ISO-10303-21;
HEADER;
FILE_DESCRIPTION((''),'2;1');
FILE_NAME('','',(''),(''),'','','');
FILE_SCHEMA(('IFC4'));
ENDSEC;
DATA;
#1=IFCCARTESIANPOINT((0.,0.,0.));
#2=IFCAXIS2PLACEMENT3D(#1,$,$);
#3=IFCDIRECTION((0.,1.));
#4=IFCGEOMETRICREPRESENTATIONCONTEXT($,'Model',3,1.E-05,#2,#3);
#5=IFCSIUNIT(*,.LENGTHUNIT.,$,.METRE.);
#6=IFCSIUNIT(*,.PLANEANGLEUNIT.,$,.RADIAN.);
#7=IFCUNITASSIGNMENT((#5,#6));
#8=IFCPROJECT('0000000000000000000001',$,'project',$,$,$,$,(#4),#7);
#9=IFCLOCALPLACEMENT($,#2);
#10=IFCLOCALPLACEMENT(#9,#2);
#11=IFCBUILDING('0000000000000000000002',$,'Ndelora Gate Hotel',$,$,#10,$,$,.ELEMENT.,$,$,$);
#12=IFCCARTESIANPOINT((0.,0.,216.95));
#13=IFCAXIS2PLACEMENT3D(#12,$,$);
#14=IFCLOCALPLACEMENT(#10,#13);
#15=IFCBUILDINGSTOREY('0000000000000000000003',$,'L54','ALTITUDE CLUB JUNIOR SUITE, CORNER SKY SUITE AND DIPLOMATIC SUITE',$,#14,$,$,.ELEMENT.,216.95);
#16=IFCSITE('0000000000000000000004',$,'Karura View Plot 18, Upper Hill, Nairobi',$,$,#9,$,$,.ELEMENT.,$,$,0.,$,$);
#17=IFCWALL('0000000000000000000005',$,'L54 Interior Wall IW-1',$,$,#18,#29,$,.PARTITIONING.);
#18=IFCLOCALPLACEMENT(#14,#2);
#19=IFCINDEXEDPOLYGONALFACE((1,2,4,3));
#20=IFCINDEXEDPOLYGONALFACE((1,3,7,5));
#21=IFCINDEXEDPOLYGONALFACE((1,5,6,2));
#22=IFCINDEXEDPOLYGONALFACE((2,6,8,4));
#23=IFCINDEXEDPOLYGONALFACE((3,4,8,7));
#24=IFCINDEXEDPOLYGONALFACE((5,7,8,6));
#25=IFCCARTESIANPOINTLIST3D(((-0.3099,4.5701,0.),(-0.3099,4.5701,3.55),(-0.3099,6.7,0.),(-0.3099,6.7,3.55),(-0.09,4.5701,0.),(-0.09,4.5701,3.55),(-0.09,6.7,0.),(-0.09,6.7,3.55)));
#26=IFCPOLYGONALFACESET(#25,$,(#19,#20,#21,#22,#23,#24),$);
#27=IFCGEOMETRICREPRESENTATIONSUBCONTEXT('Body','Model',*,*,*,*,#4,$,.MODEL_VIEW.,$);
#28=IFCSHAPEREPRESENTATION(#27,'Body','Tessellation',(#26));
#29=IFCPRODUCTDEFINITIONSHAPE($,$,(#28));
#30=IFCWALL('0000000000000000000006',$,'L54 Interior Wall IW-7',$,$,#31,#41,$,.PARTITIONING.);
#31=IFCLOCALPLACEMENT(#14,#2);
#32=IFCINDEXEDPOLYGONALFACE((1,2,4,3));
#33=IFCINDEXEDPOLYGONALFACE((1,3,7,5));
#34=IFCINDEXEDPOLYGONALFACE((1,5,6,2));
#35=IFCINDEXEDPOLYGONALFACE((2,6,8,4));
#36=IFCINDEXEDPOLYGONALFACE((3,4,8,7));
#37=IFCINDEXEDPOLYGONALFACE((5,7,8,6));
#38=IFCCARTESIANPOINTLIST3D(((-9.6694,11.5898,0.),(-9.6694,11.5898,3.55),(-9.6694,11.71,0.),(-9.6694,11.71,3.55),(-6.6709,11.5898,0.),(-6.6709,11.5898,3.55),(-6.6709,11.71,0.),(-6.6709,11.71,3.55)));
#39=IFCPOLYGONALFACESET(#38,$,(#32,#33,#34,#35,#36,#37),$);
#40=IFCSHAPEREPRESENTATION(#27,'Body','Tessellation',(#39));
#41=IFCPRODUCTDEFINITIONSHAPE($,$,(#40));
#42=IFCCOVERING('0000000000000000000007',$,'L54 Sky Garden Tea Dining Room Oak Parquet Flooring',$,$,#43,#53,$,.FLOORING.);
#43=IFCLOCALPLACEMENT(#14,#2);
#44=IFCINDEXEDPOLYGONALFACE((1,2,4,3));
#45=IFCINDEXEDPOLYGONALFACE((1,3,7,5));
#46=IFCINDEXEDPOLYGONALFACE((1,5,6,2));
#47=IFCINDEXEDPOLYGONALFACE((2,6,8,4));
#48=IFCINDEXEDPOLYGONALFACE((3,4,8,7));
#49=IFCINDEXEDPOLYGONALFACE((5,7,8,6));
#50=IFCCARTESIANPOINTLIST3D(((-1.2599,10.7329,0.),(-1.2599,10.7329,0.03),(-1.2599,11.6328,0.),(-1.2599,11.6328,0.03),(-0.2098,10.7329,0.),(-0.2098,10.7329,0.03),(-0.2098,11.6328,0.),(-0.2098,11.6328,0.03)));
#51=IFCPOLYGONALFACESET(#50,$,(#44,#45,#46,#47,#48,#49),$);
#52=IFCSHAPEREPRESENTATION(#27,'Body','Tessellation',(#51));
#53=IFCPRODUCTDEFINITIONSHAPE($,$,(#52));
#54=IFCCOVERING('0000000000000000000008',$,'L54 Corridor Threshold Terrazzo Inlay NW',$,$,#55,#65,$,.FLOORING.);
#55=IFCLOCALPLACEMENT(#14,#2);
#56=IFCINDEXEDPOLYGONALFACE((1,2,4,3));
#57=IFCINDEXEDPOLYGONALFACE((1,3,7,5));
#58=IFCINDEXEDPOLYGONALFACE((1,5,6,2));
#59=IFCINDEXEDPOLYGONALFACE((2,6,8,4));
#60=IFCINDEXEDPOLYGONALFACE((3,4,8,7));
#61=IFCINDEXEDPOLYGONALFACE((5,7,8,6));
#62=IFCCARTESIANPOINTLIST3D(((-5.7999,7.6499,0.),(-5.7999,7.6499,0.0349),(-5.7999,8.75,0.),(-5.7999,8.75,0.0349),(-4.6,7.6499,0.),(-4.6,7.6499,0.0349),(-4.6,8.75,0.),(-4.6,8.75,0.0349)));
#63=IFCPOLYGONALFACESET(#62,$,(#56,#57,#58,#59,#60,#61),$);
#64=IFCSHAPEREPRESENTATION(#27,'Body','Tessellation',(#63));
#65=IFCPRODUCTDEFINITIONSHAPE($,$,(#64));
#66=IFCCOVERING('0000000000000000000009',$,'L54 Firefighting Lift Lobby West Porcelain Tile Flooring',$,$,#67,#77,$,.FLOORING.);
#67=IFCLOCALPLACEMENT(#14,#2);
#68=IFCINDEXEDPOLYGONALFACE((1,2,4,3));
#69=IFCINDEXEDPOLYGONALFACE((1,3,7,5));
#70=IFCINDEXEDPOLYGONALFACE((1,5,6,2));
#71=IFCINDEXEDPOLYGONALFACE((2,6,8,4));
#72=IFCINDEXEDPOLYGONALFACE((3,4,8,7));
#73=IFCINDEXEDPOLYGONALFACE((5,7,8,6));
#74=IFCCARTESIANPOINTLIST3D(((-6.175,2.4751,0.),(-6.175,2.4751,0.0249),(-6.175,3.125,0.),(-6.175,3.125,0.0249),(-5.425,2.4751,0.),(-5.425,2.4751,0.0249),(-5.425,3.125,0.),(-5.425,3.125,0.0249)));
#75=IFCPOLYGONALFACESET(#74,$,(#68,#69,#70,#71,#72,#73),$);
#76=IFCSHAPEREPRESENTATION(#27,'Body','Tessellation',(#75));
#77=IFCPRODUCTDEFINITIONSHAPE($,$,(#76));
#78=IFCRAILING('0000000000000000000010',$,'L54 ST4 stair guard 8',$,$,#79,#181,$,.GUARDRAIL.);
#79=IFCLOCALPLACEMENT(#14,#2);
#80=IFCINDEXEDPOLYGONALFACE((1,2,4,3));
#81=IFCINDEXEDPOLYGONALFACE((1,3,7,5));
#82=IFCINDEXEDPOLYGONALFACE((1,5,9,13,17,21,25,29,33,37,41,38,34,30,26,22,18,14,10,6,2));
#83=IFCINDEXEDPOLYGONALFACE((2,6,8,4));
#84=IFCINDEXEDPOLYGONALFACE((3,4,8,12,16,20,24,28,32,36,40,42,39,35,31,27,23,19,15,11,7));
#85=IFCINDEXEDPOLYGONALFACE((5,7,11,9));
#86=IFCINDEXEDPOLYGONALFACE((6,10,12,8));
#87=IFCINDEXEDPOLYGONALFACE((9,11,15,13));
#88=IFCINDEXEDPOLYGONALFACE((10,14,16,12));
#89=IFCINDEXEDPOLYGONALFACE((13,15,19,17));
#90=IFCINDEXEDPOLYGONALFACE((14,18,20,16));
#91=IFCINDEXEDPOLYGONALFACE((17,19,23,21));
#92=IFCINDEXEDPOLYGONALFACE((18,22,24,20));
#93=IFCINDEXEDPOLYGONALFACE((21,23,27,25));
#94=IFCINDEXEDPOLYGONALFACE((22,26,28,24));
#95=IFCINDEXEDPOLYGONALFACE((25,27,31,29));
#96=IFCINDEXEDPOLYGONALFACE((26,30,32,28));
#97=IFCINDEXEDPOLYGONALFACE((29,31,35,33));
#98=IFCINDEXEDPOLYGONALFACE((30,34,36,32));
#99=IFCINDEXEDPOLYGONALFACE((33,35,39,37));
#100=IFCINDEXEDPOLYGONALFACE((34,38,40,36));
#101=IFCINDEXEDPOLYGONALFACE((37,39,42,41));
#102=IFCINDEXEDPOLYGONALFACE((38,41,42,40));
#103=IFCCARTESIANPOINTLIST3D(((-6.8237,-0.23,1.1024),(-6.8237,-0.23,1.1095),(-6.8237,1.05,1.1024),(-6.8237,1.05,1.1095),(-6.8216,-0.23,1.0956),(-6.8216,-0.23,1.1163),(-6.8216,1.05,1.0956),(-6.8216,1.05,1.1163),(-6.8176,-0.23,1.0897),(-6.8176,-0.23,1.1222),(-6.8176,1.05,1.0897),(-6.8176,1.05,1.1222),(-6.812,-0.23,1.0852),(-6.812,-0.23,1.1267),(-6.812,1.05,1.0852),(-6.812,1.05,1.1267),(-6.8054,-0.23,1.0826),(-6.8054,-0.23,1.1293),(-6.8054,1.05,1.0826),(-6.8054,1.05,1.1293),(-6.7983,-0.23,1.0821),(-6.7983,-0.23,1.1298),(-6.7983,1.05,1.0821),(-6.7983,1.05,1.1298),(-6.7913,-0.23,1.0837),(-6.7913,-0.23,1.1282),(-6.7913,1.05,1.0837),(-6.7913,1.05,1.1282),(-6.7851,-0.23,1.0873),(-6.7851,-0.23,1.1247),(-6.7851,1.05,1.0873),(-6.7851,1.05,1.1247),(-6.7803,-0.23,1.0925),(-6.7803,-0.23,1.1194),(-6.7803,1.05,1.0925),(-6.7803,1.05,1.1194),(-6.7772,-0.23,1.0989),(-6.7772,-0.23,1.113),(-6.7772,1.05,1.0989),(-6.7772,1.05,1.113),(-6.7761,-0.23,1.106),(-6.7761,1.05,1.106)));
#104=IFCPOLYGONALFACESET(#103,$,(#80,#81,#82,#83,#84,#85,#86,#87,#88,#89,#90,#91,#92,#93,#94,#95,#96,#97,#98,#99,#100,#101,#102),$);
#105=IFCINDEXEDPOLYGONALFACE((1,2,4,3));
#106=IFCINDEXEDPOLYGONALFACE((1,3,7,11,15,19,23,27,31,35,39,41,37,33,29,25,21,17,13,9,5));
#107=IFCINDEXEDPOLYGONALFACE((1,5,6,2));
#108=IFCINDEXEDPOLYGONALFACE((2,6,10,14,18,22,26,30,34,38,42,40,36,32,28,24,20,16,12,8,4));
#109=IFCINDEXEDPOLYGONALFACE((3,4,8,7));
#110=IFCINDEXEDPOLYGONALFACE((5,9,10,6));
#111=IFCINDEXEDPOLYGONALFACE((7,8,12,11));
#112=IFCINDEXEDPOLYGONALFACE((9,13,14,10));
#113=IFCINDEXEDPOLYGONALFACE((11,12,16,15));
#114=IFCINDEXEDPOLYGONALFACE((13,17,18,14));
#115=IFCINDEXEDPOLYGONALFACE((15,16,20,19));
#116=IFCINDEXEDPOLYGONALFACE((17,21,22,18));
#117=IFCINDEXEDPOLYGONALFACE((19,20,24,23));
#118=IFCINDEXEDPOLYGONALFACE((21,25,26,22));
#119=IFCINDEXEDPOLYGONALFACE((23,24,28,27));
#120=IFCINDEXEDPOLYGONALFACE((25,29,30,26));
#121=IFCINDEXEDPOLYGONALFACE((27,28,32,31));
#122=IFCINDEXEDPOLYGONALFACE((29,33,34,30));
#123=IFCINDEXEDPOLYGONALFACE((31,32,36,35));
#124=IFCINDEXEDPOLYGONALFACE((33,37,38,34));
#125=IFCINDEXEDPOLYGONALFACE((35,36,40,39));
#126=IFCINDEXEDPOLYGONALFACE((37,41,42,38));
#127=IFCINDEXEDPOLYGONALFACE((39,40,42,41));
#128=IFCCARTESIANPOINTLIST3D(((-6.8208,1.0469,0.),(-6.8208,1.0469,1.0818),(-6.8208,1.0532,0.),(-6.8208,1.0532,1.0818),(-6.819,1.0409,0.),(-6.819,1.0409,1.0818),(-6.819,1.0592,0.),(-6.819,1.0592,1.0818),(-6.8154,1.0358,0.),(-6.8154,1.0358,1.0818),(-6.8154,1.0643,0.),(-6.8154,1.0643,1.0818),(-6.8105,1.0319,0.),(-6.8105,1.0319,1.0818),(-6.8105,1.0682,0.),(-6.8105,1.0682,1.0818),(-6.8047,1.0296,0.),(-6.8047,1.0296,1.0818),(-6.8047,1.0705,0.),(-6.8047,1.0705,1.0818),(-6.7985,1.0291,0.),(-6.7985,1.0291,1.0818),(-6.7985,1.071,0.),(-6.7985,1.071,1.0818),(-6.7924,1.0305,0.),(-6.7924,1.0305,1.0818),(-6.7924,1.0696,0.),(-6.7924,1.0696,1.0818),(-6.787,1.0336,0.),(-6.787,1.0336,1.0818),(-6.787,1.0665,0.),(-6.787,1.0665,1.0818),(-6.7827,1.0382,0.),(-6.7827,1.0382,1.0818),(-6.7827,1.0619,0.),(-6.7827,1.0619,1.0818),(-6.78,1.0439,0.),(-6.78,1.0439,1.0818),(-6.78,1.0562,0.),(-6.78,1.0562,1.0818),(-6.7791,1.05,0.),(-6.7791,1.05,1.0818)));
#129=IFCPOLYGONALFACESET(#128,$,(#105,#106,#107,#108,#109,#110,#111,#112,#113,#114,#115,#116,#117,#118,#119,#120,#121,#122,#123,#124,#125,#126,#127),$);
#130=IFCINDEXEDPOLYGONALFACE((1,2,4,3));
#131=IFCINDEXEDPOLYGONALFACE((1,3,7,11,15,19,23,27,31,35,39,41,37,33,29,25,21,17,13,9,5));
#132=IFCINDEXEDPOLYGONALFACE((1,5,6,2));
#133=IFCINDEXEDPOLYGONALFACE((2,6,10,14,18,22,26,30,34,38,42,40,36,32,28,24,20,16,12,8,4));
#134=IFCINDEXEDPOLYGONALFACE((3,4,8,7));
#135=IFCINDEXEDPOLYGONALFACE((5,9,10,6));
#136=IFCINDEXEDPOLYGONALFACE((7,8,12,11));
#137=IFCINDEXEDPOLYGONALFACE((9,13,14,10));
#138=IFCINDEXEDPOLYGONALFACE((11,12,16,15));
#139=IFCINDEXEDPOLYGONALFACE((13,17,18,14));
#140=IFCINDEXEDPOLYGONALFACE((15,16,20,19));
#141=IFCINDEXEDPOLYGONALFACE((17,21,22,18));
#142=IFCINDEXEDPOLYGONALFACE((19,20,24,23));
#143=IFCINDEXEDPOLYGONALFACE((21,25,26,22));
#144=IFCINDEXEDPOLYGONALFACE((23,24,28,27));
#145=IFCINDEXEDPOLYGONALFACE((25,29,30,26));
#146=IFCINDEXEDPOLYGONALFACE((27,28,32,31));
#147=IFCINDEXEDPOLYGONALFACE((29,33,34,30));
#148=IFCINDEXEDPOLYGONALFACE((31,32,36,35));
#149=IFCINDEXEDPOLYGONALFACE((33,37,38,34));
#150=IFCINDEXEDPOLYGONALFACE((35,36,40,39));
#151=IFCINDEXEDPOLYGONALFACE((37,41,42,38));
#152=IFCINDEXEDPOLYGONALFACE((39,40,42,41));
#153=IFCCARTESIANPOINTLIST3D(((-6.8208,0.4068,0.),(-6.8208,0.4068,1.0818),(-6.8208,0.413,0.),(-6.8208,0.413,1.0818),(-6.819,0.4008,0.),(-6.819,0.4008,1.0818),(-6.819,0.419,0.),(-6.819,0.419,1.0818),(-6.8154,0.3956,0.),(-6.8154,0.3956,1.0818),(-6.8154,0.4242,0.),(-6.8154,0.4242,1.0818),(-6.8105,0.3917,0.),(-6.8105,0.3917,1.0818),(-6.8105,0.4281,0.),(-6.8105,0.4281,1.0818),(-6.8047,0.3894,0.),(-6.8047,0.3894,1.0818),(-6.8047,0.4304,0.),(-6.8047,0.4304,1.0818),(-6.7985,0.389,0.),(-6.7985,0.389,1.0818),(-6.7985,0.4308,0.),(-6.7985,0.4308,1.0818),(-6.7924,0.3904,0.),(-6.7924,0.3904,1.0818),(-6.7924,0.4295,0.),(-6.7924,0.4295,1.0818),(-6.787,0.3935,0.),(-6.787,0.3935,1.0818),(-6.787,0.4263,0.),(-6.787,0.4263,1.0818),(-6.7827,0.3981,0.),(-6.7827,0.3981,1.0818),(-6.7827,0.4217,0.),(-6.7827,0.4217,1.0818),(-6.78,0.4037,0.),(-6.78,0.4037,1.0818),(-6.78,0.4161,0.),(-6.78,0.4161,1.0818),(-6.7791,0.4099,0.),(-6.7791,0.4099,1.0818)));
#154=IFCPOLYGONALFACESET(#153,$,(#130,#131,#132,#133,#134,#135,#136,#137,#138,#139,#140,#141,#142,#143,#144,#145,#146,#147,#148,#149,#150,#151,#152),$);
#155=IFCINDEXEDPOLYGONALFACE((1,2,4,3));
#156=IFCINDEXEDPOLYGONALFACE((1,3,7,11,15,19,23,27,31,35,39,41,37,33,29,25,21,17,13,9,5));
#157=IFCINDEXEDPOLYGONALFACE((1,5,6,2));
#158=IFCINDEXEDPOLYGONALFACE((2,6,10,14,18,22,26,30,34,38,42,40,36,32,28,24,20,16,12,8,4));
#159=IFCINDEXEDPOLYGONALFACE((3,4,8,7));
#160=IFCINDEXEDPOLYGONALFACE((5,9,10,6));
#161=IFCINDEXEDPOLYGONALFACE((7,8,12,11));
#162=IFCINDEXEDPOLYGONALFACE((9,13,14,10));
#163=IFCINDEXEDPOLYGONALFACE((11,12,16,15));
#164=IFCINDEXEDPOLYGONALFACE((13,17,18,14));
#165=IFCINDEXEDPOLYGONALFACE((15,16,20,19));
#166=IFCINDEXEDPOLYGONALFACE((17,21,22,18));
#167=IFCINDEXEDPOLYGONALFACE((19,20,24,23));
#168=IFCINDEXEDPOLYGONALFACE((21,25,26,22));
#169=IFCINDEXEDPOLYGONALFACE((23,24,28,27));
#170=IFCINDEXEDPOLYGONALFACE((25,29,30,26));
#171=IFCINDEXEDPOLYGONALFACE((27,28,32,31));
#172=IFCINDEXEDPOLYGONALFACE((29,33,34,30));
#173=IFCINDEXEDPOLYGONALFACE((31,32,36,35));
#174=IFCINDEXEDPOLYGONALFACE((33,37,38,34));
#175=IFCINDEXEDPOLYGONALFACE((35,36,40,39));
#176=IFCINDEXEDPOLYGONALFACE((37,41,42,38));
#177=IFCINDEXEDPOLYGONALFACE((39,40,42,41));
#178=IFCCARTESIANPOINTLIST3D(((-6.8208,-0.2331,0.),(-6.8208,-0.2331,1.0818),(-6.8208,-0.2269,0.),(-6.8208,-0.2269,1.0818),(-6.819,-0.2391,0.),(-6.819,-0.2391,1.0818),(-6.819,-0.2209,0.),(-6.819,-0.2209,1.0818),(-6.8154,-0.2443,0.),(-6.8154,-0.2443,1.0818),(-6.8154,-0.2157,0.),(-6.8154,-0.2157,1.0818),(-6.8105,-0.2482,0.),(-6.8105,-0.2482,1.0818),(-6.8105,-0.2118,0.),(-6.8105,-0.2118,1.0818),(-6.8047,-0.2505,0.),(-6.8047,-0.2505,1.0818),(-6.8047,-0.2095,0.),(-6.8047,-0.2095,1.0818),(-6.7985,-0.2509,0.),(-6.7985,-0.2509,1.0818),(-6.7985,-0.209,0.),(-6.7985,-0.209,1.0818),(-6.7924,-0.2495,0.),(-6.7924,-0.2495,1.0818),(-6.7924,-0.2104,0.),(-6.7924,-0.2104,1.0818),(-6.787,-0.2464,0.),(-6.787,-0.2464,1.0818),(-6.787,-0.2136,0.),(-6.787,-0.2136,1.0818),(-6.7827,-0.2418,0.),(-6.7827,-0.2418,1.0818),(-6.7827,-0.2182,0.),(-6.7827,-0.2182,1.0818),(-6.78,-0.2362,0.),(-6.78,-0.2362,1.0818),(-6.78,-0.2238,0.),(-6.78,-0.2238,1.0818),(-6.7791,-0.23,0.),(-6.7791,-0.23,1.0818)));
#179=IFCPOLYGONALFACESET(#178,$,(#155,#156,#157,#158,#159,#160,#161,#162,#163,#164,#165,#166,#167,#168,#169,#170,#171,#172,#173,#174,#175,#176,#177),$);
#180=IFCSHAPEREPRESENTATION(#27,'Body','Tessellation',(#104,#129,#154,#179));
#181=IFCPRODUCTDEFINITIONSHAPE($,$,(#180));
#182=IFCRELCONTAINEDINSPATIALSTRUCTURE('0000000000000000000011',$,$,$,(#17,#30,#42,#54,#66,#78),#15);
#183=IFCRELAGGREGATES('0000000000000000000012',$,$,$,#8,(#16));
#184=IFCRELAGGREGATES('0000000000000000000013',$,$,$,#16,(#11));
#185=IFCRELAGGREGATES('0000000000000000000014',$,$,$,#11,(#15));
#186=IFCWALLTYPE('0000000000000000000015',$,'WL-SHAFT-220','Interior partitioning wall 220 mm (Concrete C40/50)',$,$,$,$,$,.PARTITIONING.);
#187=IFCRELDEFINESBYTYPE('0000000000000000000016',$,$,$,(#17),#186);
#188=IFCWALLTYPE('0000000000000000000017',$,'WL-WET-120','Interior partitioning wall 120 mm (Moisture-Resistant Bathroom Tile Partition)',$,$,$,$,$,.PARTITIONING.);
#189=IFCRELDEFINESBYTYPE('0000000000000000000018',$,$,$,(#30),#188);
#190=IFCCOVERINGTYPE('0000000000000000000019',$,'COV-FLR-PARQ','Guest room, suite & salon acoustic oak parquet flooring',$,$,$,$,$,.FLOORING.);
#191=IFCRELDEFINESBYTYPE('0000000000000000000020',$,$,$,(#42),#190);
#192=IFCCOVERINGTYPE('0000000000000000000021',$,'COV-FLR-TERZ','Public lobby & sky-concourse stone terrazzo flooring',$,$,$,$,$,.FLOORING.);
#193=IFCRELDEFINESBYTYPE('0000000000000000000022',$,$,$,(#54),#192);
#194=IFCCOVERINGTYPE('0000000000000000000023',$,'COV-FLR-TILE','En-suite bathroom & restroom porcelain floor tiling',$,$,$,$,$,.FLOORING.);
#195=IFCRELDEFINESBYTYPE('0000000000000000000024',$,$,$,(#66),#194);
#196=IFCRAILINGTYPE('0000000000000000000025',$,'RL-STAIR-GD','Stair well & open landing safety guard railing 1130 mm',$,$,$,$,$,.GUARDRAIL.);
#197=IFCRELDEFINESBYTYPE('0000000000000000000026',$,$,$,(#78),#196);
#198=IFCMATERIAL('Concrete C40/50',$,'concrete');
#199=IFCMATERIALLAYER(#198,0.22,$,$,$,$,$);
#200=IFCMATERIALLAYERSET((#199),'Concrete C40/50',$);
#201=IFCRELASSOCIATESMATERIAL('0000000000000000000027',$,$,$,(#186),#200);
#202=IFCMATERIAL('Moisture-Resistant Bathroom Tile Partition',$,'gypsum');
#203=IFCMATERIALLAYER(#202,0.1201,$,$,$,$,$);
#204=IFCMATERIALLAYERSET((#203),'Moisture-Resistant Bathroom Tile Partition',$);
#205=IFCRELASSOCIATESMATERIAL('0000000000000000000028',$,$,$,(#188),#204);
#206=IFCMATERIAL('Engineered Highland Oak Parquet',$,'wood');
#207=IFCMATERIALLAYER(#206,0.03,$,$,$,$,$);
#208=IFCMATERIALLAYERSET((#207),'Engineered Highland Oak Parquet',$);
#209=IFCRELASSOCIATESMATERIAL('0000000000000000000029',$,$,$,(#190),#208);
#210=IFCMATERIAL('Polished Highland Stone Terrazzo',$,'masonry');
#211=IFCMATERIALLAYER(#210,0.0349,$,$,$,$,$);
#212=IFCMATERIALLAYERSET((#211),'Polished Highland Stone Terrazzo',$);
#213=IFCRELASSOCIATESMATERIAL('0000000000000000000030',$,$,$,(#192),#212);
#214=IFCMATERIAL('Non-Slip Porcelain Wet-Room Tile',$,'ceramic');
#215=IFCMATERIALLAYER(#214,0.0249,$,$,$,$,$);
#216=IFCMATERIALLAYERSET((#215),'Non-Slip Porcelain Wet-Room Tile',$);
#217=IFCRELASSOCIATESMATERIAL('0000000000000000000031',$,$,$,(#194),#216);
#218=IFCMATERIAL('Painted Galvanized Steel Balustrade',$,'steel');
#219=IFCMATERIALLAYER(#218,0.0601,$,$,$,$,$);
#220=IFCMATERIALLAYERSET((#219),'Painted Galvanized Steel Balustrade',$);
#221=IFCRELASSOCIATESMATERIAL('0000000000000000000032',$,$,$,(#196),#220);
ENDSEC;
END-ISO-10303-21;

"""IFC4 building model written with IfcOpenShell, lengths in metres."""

from ifc_helpers import new_model, si_unit, direction, frame, frame_2d, origin, origin_2d, place, context, subcontext, project, spatial, rectangle, circle, extrude, material, layer, layer_set, type_object, element, save


model = new_model("IFC4")

# Units and contexts
model_context = context("Model", 3, precision=1e-05, world=origin(), true_north=direction((0.0, 1.0)))
body_context = subcontext(model_context, "Body", "Model", "MODEL_VIEW")
ifc_project = project(units=[si_unit("LENGTHUNIT", "METRE"), si_unit("PLANEANGLEUNIT", "RADIAN")], contexts=[model_context])

# Site, building, storey
site_placement = place(None, origin())
site = spatial("IfcSite", under=ifc_project, at=site_placement, Name="Karura View Plot 18, Upper Hill, Nairobi", CompositionType="ELEMENT", RefElevation=0.0)
building_placement = place(site_placement, origin())
building = spatial("IfcBuilding", under=site, at=building_placement, Name="Ndelora Gate Hotel", CompositionType="ELEMENT")
storey_placement = place(building_placement, frame((0.0, 0.0, 216.95)))
storey = spatial("IfcBuildingStorey", under=building, at=storey_placement, Name="L54", Description="ALTITUDE CLUB JUNIOR SUITE, CORNER SKY SUITE AND DIPLOMATIC SUITE", CompositionType="ELEMENT", Elevation=216.95)

# Shared definitions
ifc_material_1 = material(Name="Concrete C40/50", Category="concrete")

# Shared definitions
ifc_layer_1 = layer(ifc_material_1, 0.22)
ifc_layer_set_1 = layer_set([ifc_layer_1], Name="Concrete C40/50")
wall_type_1 = type_object("IfcWallType", Name="WL-SHAFT-220", Description="Interior partitioning wall 220 mm (Concrete C40/50)", PredefinedType="PARTITIONING", material=ifc_layer_set_1)

# Wall
wall_1_placement = place(storey_placement, frame((-0.2, 4.5701, 0.0), z_axis=(0.0, 0.0, 1.0), x_axis=(0.0, 1.0, 0.0)))
element("IfcWall", 1, at=wall_1_placement, inside=storey, type_object=wall_type_1, Name="L54 Interior Wall IW-1", PredefinedType="PARTITIONING", context=body_context, shape_type="SweptSolid", body=[
    extrude(rectangle(XDim=2.1299, YDim=0.22, at=frame_2d((1.0649, 0.0))), origin(), (0.0, 0.0, 1.0), 3.55),
])

# Wall
ifc_material_2 = material(Name="Moisture-Resistant Bathroom Tile Partition", Category="gypsum")
ifc_layer_2 = layer(ifc_material_2, 0.1201)
ifc_layer_set_2 = layer_set([ifc_layer_2], Name="Moisture-Resistant Bathroom Tile Partition")
wall_type_2 = type_object("IfcWallType", Name="WL-WET-120", Description="Interior partitioning wall 120 mm (Moisture-Resistant Bathroom Tile Partition)", PredefinedType="PARTITIONING", material=ifc_layer_set_2)
wall_2_placement = place(storey_placement, frame((-6.6709, 11.6499, 0.0), z_axis=(0.0, 0.0, 1.0), x_axis=(-1.0, 0.0, 0.0)))
element("IfcWall", 2, at=wall_2_placement, inside=storey, type_object=wall_type_2, Name="L54 Interior Wall IW-7", PredefinedType="PARTITIONING", context=body_context, shape_type="SweptSolid", body=[
    extrude(rectangle(XDim=2.9985, YDim=0.1201, at=frame_2d((1.4993, 0.0))), origin(), (0.0, 0.0, 1.0), 3.55),
])

# Coverings
ifc_material_3 = material(Name="Engineered Highland Oak Parquet", Category="wood")
ifc_layer_3 = layer(ifc_material_3, 0.03)
ifc_layer_set_3 = layer_set([ifc_layer_3], Name="Engineered Highland Oak Parquet")
covering_type_1 = type_object("IfcCoveringType", Name="COV-FLR-PARQ", Description="Guest room, suite & salon acoustic oak parquet flooring", PredefinedType="FLOORING", material=ifc_layer_set_3)
covering_1_placement = place(storey_placement, frame((-0.7349, 11.1829, 0.0), z_axis=(0.0, 0.0, 1.0), x_axis=(1.0, 0.0, 0.0)))
element("IfcCovering", 3, at=covering_1_placement, inside=storey, type_object=covering_type_1, Name="L54 Sky Garden Tea Dining Room Oak Parquet Flooring", PredefinedType="FLOORING", context=body_context, shape_type="SweptSolid", body=[
    extrude(rectangle(XDim=1.05, YDim=0.8999, at=origin_2d()), origin(), (0.0, 0.0, 1.0), 0.03),
])
ifc_material_4 = material(Name="Polished Highland Stone Terrazzo", Category="masonry")
ifc_layer_4 = layer(ifc_material_4, 0.0349)
ifc_layer_set_4 = layer_set([ifc_layer_4], Name="Polished Highland Stone Terrazzo")
covering_type_2 = type_object("IfcCoveringType", Name="COV-FLR-TERZ", Description="Public lobby & sky-concourse stone terrazzo flooring", PredefinedType="FLOORING", material=ifc_layer_set_4)
covering_2_placement = place(storey_placement, frame((-5.2, 8.2, 0.0), z_axis=(0.0, 0.0, 1.0), x_axis=(1.0, 0.0, 0.0)))
element("IfcCovering", 4, at=covering_2_placement, inside=storey, type_object=covering_type_2, Name="L54 Corridor Threshold Terrazzo Inlay NW", PredefinedType="FLOORING", context=body_context, shape_type="SweptSolid", body=[
    extrude(rectangle(XDim=1.2, YDim=1.1001, at=origin_2d()), origin(), (0.0, 0.0, 1.0), 0.0349),
])
ifc_material_5 = material(Name="Non-Slip Porcelain Wet-Room Tile", Category="ceramic")
ifc_layer_5 = layer(ifc_material_5, 0.0249)
ifc_layer_set_5 = layer_set([ifc_layer_5], Name="Non-Slip Porcelain Wet-Room Tile")
covering_type_3 = type_object("IfcCoveringType", Name="COV-FLR-TILE", Description="En-suite bathroom & restroom porcelain floor tiling", PredefinedType="FLOORING", material=ifc_layer_set_5)
covering_3_placement = place(storey_placement, frame((-5.8, 2.8, 0.0), z_axis=(0.0, 0.0, 1.0), x_axis=(1.0, 0.0, 0.0)))
element("IfcCovering", 5, at=covering_3_placement, inside=storey, type_object=covering_type_3, Name="L54 Firefighting Lift Lobby West Porcelain Tile Flooring", PredefinedType="FLOORING", context=body_context, shape_type="SweptSolid", body=[
    extrude(rectangle(XDim=0.75, YDim=0.6499, at=origin_2d()), origin(), (0.0, 0.0, 1.0), 0.0249),
])

# Railing
ifc_material_6 = material(Name="Painted Galvanized Steel Balustrade", Category="steel")
ifc_layer_6 = layer(ifc_material_6, 0.0601)
ifc_layer_set_6 = layer_set([ifc_layer_6], Name="Painted Galvanized Steel Balustrade")
railing_type = type_object("IfcRailingType", Name="RL-STAIR-GD", Description="Stair well & open landing safety guard railing 1130 mm", PredefinedType="GUARDRAIL", material=ifc_layer_set_6)
for number, where, name in (
    (6, (-6.8, 1.05, 0.0), "L54 ST4 stair guard 8"),
):
    element("IfcRailing", number, at=place(storey_placement, frame(where)), inside=storey, type_object=railing_type, Name=name, PredefinedType="GUARDRAIL", context=body_context, shape_type="SweptSolid", body=[
        extrude(circle(Radius=0.0239, at=origin_2d()), frame((0.0, 0.0, 1.106), z_axis=(0.0, -1.0, 0.0), x_axis=(1.0, 0.0, 0.0)), (0.0, 0.0, 1.0), 1.28),
        extrude(circle(Radius=0.021, at=origin_2d()), origin(), (0.0, 0.0, 1.0), 1.0818),
        extrude(circle(Radius=0.021, at=origin_2d()), frame((0.0, -0.6401, 0.0)), (0.0, 0.0, 1.0), 1.0818),
        extrude(circle(Radius=0.021, at=origin_2d()), frame((0.0, -1.28, 0.0)), (0.0, 0.0, 1.0), 1.0818),
    ])

save(model, "model.ifc")
